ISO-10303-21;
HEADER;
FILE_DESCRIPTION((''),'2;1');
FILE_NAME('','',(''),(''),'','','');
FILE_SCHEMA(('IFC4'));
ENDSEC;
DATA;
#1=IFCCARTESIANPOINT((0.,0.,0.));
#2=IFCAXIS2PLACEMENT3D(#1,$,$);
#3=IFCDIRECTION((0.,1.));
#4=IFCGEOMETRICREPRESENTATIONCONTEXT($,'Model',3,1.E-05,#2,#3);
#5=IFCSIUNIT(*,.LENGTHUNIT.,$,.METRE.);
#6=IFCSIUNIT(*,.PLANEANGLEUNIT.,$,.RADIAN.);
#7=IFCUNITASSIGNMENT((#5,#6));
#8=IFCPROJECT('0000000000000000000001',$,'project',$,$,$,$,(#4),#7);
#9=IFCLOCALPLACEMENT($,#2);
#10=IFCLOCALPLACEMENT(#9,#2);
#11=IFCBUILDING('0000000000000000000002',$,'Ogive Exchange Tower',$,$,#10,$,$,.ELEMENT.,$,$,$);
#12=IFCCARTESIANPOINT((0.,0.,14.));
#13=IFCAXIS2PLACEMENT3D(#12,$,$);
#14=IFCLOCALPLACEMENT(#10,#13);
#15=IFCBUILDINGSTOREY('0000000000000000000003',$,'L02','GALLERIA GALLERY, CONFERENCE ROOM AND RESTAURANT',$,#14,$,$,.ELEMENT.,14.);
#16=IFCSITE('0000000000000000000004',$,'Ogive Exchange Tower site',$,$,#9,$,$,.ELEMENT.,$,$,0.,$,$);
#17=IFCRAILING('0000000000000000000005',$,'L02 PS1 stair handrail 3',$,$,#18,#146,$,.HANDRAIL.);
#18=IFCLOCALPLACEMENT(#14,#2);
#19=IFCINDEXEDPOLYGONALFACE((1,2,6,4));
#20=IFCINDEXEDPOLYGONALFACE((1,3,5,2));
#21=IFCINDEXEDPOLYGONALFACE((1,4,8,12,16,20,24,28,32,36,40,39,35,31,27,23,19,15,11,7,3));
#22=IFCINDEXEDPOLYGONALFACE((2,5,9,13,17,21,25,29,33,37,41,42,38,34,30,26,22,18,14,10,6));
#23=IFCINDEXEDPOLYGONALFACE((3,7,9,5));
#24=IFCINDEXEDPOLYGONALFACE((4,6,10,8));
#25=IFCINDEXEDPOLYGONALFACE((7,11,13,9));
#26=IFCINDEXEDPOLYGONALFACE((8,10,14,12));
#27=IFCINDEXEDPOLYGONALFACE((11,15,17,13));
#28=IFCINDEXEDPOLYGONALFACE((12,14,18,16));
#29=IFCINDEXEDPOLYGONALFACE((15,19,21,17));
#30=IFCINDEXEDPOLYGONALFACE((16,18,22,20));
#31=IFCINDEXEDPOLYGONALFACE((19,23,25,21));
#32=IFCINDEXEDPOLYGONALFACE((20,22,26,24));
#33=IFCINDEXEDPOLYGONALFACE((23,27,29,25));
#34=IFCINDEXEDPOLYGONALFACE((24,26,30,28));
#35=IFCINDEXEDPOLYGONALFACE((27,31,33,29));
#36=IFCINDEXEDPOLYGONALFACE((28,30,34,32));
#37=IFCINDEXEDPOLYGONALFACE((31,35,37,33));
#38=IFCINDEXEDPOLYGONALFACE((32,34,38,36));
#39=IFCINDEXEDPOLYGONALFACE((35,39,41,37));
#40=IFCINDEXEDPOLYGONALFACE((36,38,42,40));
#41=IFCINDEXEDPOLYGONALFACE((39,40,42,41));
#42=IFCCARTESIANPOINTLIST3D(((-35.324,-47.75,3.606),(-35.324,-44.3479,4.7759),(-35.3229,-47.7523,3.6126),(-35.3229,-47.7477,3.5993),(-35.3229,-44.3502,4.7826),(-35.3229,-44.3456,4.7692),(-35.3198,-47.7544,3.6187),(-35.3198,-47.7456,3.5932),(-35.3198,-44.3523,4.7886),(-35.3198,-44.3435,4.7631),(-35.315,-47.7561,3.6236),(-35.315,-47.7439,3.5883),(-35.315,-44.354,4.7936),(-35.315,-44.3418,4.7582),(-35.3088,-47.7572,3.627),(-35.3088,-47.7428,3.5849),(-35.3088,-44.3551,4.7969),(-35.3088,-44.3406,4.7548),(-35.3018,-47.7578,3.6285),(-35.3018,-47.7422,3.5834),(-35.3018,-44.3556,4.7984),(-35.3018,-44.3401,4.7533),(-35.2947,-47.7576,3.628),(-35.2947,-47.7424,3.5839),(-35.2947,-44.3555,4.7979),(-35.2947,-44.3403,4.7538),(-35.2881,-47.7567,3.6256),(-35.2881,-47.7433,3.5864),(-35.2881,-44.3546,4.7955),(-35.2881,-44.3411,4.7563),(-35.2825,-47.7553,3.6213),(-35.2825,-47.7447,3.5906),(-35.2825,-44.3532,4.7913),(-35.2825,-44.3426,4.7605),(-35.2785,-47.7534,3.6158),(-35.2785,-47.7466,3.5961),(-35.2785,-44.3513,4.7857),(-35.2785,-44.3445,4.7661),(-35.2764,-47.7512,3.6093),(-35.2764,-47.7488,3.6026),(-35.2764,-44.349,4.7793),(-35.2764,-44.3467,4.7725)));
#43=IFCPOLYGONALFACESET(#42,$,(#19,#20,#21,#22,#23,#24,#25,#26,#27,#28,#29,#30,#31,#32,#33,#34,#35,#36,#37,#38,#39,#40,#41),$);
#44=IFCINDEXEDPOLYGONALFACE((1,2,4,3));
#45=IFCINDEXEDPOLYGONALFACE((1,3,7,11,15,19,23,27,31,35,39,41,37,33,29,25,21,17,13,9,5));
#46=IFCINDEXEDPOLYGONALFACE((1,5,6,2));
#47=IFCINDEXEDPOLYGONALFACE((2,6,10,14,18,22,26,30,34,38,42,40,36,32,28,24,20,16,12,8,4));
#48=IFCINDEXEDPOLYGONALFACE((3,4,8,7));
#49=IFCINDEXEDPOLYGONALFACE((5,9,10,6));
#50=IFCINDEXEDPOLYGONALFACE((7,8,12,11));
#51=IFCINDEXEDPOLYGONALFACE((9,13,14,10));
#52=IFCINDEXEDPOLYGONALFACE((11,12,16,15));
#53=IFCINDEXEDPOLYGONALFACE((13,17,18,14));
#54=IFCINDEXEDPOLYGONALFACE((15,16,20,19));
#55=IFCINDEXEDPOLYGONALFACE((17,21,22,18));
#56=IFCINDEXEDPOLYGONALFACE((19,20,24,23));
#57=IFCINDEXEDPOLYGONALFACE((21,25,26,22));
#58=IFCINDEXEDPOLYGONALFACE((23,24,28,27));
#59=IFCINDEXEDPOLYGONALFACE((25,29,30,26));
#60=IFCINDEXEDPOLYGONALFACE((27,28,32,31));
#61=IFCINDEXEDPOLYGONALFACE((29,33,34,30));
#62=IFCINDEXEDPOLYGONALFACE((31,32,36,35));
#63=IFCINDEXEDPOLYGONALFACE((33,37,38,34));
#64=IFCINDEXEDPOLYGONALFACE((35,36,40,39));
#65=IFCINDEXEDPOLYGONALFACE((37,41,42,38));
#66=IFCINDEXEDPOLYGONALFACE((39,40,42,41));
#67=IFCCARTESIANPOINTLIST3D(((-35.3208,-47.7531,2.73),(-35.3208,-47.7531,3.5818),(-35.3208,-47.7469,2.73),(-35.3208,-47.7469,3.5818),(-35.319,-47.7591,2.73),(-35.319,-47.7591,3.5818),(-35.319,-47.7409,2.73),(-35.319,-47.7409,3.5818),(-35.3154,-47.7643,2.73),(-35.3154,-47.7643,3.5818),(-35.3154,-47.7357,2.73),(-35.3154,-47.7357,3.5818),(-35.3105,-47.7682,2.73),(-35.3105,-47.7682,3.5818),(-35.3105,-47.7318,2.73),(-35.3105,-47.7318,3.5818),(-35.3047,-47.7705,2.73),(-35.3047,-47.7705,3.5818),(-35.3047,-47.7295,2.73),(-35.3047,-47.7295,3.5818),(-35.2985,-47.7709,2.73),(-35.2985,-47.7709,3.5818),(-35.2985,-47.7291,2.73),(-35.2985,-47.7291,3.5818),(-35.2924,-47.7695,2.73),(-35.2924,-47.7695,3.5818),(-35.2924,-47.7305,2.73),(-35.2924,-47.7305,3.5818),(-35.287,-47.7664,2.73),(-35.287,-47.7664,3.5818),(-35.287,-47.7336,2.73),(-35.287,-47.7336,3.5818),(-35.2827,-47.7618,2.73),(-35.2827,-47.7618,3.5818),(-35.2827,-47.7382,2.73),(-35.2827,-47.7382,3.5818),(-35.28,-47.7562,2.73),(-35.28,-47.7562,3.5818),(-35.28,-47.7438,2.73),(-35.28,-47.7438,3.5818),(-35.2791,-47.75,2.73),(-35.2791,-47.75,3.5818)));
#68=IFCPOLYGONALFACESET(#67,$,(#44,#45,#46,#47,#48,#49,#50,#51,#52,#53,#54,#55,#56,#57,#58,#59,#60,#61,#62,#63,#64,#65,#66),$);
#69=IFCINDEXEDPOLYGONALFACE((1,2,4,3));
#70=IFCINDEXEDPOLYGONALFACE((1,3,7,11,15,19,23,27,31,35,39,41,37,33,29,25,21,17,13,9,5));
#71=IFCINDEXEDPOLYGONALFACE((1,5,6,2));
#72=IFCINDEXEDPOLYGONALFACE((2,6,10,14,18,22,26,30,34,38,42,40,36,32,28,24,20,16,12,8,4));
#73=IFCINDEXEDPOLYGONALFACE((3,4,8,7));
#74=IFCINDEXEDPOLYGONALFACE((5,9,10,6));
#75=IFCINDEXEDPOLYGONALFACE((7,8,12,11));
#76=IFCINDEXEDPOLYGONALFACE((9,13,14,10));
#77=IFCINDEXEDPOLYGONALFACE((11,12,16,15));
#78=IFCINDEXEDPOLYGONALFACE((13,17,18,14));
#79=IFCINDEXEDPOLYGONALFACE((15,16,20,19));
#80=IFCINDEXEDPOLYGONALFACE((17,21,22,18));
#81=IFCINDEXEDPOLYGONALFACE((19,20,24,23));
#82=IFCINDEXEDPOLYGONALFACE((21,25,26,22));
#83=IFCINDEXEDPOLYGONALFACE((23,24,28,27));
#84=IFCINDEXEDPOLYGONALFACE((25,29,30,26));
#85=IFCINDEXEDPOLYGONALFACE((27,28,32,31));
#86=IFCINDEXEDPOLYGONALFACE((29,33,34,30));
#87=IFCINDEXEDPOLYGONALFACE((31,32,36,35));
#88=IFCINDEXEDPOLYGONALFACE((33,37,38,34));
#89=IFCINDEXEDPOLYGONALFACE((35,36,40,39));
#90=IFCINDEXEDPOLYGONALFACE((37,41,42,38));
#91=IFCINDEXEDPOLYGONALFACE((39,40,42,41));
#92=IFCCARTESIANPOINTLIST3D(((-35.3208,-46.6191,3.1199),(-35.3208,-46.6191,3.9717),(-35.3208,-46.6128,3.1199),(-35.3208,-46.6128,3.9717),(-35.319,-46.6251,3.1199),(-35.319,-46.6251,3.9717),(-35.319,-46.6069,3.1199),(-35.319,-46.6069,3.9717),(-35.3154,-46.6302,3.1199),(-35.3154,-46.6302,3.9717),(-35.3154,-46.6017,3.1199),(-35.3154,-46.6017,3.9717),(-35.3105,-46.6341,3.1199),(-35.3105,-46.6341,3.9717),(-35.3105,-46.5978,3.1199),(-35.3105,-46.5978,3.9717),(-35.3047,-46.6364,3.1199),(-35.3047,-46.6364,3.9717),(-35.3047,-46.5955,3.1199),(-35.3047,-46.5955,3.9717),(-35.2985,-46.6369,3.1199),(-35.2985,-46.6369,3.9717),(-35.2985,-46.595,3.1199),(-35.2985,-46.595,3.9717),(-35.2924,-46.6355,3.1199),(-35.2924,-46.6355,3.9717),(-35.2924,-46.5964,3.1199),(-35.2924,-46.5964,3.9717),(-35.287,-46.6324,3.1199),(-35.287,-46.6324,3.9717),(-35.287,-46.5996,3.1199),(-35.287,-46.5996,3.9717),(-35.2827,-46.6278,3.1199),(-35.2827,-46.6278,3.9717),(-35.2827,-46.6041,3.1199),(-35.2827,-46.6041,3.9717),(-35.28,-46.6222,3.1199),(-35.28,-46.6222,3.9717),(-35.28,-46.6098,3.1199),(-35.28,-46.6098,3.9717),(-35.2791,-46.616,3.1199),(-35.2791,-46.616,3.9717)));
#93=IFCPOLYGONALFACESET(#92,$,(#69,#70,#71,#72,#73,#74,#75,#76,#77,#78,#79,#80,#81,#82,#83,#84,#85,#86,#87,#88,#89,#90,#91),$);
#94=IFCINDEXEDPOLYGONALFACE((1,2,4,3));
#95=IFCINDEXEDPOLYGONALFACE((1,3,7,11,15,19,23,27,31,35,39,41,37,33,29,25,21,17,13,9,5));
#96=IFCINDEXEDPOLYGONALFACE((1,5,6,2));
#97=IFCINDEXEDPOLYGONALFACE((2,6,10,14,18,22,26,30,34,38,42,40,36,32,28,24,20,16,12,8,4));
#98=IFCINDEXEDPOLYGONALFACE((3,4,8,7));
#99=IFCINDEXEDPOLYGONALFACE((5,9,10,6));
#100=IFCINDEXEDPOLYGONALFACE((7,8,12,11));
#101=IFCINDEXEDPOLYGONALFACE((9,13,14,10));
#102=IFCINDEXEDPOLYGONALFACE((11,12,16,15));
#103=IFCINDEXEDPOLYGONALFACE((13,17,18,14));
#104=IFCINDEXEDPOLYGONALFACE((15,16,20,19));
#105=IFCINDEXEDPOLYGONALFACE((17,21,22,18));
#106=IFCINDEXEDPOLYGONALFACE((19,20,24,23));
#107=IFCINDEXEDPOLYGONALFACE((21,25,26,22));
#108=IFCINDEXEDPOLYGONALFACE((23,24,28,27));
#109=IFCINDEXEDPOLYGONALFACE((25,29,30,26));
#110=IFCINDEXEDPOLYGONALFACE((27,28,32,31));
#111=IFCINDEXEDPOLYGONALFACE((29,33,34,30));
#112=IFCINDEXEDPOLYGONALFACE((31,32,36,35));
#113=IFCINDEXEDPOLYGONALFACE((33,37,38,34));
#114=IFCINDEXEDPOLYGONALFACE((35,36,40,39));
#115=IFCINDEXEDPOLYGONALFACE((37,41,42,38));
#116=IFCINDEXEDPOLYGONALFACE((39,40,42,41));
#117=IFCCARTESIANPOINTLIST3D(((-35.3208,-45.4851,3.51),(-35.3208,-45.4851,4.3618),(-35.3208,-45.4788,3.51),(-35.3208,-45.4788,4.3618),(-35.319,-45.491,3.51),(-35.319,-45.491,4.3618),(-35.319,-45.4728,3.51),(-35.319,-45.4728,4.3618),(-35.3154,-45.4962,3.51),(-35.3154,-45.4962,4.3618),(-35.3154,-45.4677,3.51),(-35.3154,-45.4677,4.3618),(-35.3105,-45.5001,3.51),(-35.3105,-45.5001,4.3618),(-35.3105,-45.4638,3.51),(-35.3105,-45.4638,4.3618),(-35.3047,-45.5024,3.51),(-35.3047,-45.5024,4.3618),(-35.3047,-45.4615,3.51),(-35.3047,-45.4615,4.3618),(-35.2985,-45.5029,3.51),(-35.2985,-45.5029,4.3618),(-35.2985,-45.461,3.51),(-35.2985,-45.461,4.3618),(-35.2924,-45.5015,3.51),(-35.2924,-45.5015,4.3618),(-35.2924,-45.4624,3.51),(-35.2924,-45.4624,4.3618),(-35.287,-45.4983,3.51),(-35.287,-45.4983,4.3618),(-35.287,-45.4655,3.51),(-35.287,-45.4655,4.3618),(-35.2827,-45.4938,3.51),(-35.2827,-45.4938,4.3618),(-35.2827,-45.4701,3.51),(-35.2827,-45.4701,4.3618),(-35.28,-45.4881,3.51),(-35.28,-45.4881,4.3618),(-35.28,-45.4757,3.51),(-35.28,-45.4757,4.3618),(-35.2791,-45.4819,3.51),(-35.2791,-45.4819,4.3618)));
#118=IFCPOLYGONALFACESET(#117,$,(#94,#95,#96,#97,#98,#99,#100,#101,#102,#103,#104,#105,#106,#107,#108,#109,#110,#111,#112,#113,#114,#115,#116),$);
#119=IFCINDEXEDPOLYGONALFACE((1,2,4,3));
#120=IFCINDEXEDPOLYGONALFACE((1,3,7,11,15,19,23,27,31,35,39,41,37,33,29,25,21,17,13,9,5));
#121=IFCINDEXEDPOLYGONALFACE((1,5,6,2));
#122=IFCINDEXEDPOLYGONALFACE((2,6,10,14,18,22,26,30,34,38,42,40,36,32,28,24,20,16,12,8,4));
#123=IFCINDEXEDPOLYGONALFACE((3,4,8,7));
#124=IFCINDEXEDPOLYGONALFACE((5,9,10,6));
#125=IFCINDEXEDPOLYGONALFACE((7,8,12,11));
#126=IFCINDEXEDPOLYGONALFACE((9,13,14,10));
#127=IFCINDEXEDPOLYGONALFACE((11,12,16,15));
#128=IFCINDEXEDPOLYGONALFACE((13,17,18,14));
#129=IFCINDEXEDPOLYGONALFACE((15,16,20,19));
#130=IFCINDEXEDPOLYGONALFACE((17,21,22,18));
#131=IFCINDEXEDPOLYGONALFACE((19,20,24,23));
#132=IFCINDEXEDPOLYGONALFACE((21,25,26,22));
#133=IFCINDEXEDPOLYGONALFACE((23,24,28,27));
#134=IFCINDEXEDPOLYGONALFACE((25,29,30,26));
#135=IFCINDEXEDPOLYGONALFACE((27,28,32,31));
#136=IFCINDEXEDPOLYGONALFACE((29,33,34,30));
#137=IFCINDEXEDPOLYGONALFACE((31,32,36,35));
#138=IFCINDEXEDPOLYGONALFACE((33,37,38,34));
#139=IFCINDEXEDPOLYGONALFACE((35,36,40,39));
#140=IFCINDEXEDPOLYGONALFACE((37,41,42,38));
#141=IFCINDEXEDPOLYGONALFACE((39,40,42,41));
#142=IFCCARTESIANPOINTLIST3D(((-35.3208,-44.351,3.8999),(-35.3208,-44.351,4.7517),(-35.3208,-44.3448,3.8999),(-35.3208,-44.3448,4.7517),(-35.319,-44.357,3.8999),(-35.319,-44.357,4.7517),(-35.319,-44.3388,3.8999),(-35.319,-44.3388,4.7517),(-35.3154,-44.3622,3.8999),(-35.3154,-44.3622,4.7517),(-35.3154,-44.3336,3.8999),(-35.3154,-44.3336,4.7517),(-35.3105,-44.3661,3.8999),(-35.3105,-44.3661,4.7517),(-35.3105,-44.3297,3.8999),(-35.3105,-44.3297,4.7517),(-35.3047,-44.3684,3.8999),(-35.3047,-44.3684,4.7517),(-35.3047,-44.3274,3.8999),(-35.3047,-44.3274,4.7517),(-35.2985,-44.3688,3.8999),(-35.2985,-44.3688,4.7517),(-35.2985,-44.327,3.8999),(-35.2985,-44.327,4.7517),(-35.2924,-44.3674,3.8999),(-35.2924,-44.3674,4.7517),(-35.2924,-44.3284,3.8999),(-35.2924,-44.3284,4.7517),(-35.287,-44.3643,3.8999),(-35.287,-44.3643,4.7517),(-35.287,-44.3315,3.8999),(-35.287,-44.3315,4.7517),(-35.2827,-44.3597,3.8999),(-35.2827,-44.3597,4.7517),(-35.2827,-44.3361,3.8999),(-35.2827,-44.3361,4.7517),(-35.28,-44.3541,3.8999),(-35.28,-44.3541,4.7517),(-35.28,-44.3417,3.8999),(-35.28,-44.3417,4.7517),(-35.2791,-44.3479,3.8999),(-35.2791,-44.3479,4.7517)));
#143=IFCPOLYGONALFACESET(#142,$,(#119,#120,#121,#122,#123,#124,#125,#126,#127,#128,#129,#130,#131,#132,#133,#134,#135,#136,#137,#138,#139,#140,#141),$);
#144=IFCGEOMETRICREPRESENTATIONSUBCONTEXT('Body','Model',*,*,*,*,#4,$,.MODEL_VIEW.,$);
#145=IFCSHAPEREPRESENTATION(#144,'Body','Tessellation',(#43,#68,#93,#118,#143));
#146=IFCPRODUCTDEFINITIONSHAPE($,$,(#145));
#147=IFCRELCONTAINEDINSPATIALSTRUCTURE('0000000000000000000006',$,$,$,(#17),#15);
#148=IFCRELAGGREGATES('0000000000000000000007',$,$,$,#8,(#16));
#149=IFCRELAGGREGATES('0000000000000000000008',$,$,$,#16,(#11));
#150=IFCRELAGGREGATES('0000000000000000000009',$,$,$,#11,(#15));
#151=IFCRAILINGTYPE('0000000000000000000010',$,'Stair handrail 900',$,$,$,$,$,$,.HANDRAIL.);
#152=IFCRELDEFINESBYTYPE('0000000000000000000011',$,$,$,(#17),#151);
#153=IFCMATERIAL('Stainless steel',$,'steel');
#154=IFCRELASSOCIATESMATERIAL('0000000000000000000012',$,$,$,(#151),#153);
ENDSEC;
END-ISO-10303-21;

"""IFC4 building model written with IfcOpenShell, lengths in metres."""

from ifc_helpers import new_model, si_unit, direction, frame, origin, origin_2d, place, context, subcontext, project, spatial, circle, extrude, material, type_object, element, save


model = new_model("IFC4")

# Units and contexts
model_context = context("Model", 3, precision=1e-05, world=origin(), true_north=direction((0.0, 1.0)))
body_context = subcontext(model_context, "Body", "Model", "MODEL_VIEW")
ifc_project = project(units=[si_unit("LENGTHUNIT", "METRE"), si_unit("PLANEANGLEUNIT", "RADIAN")], contexts=[model_context])

# Site, building, storey
site_placement = place(None, origin())
site = spatial("IfcSite", under=ifc_project, at=site_placement, Name="Ogive Exchange Tower site", CompositionType="ELEMENT", RefElevation=0.0)
building_placement = place(site_placement, origin())
building = spatial("IfcBuilding", under=site, at=building_placement, Name="Ogive Exchange Tower", CompositionType="ELEMENT")
storey_placement = place(building_placement, frame((0.0, 0.0, 14.0)))
storey = spatial("IfcBuildingStorey", under=building, at=storey_placement, Name="L02", Description="GALLERIA GALLERY, CONFERENCE ROOM AND RESTAURANT", CompositionType="ELEMENT", Elevation=14.0)

# Railing
ifc_material_1 = material(Name="Stainless steel", Category="steel")
railing_type_1 = type_object("IfcRailingType", Name="Stair handrail 900", PredefinedType="HANDRAIL", material=ifc_material_1)
railing_1_placement = place(storey_placement, frame((-35.3, -47.75, 2.73)))
element("IfcRailing", 1, at=railing_1_placement, inside=storey, type_object=railing_type_1, Name="L02 PS1 stair handrail 3", PredefinedType="HANDRAIL", context=body_context, shape_type="SweptSolid", body=[
    extrude(circle(Radius=0.0239, at=origin_2d()), frame((0.0, 0.0, 0.876), z_axis=(0.0, 0.945648, 0.325192), x_axis=(-1.0, 0.0, 0.0)), (0.0, 0.0, 1.0), 3.5977),
    extrude(circle(Radius=0.021, at=origin_2d()), origin(), (0.0, 0.0, 1.0), 0.8518),
    extrude(circle(Radius=0.021, at=origin_2d()), frame((0.0, 1.134, 0.3899)), (0.0, 0.0, 1.0), 0.8518),
    extrude(circle(Radius=0.021, at=origin_2d()), frame((0.0, 2.2681, 0.78)), (0.0, 0.0, 1.0), 0.8518),
    extrude(circle(Radius=0.021, at=origin_2d()), frame((0.0, 3.4021, 1.1699)), (0.0, 0.0, 1.0), 0.8518),
])

save(model, "model.ifc")
